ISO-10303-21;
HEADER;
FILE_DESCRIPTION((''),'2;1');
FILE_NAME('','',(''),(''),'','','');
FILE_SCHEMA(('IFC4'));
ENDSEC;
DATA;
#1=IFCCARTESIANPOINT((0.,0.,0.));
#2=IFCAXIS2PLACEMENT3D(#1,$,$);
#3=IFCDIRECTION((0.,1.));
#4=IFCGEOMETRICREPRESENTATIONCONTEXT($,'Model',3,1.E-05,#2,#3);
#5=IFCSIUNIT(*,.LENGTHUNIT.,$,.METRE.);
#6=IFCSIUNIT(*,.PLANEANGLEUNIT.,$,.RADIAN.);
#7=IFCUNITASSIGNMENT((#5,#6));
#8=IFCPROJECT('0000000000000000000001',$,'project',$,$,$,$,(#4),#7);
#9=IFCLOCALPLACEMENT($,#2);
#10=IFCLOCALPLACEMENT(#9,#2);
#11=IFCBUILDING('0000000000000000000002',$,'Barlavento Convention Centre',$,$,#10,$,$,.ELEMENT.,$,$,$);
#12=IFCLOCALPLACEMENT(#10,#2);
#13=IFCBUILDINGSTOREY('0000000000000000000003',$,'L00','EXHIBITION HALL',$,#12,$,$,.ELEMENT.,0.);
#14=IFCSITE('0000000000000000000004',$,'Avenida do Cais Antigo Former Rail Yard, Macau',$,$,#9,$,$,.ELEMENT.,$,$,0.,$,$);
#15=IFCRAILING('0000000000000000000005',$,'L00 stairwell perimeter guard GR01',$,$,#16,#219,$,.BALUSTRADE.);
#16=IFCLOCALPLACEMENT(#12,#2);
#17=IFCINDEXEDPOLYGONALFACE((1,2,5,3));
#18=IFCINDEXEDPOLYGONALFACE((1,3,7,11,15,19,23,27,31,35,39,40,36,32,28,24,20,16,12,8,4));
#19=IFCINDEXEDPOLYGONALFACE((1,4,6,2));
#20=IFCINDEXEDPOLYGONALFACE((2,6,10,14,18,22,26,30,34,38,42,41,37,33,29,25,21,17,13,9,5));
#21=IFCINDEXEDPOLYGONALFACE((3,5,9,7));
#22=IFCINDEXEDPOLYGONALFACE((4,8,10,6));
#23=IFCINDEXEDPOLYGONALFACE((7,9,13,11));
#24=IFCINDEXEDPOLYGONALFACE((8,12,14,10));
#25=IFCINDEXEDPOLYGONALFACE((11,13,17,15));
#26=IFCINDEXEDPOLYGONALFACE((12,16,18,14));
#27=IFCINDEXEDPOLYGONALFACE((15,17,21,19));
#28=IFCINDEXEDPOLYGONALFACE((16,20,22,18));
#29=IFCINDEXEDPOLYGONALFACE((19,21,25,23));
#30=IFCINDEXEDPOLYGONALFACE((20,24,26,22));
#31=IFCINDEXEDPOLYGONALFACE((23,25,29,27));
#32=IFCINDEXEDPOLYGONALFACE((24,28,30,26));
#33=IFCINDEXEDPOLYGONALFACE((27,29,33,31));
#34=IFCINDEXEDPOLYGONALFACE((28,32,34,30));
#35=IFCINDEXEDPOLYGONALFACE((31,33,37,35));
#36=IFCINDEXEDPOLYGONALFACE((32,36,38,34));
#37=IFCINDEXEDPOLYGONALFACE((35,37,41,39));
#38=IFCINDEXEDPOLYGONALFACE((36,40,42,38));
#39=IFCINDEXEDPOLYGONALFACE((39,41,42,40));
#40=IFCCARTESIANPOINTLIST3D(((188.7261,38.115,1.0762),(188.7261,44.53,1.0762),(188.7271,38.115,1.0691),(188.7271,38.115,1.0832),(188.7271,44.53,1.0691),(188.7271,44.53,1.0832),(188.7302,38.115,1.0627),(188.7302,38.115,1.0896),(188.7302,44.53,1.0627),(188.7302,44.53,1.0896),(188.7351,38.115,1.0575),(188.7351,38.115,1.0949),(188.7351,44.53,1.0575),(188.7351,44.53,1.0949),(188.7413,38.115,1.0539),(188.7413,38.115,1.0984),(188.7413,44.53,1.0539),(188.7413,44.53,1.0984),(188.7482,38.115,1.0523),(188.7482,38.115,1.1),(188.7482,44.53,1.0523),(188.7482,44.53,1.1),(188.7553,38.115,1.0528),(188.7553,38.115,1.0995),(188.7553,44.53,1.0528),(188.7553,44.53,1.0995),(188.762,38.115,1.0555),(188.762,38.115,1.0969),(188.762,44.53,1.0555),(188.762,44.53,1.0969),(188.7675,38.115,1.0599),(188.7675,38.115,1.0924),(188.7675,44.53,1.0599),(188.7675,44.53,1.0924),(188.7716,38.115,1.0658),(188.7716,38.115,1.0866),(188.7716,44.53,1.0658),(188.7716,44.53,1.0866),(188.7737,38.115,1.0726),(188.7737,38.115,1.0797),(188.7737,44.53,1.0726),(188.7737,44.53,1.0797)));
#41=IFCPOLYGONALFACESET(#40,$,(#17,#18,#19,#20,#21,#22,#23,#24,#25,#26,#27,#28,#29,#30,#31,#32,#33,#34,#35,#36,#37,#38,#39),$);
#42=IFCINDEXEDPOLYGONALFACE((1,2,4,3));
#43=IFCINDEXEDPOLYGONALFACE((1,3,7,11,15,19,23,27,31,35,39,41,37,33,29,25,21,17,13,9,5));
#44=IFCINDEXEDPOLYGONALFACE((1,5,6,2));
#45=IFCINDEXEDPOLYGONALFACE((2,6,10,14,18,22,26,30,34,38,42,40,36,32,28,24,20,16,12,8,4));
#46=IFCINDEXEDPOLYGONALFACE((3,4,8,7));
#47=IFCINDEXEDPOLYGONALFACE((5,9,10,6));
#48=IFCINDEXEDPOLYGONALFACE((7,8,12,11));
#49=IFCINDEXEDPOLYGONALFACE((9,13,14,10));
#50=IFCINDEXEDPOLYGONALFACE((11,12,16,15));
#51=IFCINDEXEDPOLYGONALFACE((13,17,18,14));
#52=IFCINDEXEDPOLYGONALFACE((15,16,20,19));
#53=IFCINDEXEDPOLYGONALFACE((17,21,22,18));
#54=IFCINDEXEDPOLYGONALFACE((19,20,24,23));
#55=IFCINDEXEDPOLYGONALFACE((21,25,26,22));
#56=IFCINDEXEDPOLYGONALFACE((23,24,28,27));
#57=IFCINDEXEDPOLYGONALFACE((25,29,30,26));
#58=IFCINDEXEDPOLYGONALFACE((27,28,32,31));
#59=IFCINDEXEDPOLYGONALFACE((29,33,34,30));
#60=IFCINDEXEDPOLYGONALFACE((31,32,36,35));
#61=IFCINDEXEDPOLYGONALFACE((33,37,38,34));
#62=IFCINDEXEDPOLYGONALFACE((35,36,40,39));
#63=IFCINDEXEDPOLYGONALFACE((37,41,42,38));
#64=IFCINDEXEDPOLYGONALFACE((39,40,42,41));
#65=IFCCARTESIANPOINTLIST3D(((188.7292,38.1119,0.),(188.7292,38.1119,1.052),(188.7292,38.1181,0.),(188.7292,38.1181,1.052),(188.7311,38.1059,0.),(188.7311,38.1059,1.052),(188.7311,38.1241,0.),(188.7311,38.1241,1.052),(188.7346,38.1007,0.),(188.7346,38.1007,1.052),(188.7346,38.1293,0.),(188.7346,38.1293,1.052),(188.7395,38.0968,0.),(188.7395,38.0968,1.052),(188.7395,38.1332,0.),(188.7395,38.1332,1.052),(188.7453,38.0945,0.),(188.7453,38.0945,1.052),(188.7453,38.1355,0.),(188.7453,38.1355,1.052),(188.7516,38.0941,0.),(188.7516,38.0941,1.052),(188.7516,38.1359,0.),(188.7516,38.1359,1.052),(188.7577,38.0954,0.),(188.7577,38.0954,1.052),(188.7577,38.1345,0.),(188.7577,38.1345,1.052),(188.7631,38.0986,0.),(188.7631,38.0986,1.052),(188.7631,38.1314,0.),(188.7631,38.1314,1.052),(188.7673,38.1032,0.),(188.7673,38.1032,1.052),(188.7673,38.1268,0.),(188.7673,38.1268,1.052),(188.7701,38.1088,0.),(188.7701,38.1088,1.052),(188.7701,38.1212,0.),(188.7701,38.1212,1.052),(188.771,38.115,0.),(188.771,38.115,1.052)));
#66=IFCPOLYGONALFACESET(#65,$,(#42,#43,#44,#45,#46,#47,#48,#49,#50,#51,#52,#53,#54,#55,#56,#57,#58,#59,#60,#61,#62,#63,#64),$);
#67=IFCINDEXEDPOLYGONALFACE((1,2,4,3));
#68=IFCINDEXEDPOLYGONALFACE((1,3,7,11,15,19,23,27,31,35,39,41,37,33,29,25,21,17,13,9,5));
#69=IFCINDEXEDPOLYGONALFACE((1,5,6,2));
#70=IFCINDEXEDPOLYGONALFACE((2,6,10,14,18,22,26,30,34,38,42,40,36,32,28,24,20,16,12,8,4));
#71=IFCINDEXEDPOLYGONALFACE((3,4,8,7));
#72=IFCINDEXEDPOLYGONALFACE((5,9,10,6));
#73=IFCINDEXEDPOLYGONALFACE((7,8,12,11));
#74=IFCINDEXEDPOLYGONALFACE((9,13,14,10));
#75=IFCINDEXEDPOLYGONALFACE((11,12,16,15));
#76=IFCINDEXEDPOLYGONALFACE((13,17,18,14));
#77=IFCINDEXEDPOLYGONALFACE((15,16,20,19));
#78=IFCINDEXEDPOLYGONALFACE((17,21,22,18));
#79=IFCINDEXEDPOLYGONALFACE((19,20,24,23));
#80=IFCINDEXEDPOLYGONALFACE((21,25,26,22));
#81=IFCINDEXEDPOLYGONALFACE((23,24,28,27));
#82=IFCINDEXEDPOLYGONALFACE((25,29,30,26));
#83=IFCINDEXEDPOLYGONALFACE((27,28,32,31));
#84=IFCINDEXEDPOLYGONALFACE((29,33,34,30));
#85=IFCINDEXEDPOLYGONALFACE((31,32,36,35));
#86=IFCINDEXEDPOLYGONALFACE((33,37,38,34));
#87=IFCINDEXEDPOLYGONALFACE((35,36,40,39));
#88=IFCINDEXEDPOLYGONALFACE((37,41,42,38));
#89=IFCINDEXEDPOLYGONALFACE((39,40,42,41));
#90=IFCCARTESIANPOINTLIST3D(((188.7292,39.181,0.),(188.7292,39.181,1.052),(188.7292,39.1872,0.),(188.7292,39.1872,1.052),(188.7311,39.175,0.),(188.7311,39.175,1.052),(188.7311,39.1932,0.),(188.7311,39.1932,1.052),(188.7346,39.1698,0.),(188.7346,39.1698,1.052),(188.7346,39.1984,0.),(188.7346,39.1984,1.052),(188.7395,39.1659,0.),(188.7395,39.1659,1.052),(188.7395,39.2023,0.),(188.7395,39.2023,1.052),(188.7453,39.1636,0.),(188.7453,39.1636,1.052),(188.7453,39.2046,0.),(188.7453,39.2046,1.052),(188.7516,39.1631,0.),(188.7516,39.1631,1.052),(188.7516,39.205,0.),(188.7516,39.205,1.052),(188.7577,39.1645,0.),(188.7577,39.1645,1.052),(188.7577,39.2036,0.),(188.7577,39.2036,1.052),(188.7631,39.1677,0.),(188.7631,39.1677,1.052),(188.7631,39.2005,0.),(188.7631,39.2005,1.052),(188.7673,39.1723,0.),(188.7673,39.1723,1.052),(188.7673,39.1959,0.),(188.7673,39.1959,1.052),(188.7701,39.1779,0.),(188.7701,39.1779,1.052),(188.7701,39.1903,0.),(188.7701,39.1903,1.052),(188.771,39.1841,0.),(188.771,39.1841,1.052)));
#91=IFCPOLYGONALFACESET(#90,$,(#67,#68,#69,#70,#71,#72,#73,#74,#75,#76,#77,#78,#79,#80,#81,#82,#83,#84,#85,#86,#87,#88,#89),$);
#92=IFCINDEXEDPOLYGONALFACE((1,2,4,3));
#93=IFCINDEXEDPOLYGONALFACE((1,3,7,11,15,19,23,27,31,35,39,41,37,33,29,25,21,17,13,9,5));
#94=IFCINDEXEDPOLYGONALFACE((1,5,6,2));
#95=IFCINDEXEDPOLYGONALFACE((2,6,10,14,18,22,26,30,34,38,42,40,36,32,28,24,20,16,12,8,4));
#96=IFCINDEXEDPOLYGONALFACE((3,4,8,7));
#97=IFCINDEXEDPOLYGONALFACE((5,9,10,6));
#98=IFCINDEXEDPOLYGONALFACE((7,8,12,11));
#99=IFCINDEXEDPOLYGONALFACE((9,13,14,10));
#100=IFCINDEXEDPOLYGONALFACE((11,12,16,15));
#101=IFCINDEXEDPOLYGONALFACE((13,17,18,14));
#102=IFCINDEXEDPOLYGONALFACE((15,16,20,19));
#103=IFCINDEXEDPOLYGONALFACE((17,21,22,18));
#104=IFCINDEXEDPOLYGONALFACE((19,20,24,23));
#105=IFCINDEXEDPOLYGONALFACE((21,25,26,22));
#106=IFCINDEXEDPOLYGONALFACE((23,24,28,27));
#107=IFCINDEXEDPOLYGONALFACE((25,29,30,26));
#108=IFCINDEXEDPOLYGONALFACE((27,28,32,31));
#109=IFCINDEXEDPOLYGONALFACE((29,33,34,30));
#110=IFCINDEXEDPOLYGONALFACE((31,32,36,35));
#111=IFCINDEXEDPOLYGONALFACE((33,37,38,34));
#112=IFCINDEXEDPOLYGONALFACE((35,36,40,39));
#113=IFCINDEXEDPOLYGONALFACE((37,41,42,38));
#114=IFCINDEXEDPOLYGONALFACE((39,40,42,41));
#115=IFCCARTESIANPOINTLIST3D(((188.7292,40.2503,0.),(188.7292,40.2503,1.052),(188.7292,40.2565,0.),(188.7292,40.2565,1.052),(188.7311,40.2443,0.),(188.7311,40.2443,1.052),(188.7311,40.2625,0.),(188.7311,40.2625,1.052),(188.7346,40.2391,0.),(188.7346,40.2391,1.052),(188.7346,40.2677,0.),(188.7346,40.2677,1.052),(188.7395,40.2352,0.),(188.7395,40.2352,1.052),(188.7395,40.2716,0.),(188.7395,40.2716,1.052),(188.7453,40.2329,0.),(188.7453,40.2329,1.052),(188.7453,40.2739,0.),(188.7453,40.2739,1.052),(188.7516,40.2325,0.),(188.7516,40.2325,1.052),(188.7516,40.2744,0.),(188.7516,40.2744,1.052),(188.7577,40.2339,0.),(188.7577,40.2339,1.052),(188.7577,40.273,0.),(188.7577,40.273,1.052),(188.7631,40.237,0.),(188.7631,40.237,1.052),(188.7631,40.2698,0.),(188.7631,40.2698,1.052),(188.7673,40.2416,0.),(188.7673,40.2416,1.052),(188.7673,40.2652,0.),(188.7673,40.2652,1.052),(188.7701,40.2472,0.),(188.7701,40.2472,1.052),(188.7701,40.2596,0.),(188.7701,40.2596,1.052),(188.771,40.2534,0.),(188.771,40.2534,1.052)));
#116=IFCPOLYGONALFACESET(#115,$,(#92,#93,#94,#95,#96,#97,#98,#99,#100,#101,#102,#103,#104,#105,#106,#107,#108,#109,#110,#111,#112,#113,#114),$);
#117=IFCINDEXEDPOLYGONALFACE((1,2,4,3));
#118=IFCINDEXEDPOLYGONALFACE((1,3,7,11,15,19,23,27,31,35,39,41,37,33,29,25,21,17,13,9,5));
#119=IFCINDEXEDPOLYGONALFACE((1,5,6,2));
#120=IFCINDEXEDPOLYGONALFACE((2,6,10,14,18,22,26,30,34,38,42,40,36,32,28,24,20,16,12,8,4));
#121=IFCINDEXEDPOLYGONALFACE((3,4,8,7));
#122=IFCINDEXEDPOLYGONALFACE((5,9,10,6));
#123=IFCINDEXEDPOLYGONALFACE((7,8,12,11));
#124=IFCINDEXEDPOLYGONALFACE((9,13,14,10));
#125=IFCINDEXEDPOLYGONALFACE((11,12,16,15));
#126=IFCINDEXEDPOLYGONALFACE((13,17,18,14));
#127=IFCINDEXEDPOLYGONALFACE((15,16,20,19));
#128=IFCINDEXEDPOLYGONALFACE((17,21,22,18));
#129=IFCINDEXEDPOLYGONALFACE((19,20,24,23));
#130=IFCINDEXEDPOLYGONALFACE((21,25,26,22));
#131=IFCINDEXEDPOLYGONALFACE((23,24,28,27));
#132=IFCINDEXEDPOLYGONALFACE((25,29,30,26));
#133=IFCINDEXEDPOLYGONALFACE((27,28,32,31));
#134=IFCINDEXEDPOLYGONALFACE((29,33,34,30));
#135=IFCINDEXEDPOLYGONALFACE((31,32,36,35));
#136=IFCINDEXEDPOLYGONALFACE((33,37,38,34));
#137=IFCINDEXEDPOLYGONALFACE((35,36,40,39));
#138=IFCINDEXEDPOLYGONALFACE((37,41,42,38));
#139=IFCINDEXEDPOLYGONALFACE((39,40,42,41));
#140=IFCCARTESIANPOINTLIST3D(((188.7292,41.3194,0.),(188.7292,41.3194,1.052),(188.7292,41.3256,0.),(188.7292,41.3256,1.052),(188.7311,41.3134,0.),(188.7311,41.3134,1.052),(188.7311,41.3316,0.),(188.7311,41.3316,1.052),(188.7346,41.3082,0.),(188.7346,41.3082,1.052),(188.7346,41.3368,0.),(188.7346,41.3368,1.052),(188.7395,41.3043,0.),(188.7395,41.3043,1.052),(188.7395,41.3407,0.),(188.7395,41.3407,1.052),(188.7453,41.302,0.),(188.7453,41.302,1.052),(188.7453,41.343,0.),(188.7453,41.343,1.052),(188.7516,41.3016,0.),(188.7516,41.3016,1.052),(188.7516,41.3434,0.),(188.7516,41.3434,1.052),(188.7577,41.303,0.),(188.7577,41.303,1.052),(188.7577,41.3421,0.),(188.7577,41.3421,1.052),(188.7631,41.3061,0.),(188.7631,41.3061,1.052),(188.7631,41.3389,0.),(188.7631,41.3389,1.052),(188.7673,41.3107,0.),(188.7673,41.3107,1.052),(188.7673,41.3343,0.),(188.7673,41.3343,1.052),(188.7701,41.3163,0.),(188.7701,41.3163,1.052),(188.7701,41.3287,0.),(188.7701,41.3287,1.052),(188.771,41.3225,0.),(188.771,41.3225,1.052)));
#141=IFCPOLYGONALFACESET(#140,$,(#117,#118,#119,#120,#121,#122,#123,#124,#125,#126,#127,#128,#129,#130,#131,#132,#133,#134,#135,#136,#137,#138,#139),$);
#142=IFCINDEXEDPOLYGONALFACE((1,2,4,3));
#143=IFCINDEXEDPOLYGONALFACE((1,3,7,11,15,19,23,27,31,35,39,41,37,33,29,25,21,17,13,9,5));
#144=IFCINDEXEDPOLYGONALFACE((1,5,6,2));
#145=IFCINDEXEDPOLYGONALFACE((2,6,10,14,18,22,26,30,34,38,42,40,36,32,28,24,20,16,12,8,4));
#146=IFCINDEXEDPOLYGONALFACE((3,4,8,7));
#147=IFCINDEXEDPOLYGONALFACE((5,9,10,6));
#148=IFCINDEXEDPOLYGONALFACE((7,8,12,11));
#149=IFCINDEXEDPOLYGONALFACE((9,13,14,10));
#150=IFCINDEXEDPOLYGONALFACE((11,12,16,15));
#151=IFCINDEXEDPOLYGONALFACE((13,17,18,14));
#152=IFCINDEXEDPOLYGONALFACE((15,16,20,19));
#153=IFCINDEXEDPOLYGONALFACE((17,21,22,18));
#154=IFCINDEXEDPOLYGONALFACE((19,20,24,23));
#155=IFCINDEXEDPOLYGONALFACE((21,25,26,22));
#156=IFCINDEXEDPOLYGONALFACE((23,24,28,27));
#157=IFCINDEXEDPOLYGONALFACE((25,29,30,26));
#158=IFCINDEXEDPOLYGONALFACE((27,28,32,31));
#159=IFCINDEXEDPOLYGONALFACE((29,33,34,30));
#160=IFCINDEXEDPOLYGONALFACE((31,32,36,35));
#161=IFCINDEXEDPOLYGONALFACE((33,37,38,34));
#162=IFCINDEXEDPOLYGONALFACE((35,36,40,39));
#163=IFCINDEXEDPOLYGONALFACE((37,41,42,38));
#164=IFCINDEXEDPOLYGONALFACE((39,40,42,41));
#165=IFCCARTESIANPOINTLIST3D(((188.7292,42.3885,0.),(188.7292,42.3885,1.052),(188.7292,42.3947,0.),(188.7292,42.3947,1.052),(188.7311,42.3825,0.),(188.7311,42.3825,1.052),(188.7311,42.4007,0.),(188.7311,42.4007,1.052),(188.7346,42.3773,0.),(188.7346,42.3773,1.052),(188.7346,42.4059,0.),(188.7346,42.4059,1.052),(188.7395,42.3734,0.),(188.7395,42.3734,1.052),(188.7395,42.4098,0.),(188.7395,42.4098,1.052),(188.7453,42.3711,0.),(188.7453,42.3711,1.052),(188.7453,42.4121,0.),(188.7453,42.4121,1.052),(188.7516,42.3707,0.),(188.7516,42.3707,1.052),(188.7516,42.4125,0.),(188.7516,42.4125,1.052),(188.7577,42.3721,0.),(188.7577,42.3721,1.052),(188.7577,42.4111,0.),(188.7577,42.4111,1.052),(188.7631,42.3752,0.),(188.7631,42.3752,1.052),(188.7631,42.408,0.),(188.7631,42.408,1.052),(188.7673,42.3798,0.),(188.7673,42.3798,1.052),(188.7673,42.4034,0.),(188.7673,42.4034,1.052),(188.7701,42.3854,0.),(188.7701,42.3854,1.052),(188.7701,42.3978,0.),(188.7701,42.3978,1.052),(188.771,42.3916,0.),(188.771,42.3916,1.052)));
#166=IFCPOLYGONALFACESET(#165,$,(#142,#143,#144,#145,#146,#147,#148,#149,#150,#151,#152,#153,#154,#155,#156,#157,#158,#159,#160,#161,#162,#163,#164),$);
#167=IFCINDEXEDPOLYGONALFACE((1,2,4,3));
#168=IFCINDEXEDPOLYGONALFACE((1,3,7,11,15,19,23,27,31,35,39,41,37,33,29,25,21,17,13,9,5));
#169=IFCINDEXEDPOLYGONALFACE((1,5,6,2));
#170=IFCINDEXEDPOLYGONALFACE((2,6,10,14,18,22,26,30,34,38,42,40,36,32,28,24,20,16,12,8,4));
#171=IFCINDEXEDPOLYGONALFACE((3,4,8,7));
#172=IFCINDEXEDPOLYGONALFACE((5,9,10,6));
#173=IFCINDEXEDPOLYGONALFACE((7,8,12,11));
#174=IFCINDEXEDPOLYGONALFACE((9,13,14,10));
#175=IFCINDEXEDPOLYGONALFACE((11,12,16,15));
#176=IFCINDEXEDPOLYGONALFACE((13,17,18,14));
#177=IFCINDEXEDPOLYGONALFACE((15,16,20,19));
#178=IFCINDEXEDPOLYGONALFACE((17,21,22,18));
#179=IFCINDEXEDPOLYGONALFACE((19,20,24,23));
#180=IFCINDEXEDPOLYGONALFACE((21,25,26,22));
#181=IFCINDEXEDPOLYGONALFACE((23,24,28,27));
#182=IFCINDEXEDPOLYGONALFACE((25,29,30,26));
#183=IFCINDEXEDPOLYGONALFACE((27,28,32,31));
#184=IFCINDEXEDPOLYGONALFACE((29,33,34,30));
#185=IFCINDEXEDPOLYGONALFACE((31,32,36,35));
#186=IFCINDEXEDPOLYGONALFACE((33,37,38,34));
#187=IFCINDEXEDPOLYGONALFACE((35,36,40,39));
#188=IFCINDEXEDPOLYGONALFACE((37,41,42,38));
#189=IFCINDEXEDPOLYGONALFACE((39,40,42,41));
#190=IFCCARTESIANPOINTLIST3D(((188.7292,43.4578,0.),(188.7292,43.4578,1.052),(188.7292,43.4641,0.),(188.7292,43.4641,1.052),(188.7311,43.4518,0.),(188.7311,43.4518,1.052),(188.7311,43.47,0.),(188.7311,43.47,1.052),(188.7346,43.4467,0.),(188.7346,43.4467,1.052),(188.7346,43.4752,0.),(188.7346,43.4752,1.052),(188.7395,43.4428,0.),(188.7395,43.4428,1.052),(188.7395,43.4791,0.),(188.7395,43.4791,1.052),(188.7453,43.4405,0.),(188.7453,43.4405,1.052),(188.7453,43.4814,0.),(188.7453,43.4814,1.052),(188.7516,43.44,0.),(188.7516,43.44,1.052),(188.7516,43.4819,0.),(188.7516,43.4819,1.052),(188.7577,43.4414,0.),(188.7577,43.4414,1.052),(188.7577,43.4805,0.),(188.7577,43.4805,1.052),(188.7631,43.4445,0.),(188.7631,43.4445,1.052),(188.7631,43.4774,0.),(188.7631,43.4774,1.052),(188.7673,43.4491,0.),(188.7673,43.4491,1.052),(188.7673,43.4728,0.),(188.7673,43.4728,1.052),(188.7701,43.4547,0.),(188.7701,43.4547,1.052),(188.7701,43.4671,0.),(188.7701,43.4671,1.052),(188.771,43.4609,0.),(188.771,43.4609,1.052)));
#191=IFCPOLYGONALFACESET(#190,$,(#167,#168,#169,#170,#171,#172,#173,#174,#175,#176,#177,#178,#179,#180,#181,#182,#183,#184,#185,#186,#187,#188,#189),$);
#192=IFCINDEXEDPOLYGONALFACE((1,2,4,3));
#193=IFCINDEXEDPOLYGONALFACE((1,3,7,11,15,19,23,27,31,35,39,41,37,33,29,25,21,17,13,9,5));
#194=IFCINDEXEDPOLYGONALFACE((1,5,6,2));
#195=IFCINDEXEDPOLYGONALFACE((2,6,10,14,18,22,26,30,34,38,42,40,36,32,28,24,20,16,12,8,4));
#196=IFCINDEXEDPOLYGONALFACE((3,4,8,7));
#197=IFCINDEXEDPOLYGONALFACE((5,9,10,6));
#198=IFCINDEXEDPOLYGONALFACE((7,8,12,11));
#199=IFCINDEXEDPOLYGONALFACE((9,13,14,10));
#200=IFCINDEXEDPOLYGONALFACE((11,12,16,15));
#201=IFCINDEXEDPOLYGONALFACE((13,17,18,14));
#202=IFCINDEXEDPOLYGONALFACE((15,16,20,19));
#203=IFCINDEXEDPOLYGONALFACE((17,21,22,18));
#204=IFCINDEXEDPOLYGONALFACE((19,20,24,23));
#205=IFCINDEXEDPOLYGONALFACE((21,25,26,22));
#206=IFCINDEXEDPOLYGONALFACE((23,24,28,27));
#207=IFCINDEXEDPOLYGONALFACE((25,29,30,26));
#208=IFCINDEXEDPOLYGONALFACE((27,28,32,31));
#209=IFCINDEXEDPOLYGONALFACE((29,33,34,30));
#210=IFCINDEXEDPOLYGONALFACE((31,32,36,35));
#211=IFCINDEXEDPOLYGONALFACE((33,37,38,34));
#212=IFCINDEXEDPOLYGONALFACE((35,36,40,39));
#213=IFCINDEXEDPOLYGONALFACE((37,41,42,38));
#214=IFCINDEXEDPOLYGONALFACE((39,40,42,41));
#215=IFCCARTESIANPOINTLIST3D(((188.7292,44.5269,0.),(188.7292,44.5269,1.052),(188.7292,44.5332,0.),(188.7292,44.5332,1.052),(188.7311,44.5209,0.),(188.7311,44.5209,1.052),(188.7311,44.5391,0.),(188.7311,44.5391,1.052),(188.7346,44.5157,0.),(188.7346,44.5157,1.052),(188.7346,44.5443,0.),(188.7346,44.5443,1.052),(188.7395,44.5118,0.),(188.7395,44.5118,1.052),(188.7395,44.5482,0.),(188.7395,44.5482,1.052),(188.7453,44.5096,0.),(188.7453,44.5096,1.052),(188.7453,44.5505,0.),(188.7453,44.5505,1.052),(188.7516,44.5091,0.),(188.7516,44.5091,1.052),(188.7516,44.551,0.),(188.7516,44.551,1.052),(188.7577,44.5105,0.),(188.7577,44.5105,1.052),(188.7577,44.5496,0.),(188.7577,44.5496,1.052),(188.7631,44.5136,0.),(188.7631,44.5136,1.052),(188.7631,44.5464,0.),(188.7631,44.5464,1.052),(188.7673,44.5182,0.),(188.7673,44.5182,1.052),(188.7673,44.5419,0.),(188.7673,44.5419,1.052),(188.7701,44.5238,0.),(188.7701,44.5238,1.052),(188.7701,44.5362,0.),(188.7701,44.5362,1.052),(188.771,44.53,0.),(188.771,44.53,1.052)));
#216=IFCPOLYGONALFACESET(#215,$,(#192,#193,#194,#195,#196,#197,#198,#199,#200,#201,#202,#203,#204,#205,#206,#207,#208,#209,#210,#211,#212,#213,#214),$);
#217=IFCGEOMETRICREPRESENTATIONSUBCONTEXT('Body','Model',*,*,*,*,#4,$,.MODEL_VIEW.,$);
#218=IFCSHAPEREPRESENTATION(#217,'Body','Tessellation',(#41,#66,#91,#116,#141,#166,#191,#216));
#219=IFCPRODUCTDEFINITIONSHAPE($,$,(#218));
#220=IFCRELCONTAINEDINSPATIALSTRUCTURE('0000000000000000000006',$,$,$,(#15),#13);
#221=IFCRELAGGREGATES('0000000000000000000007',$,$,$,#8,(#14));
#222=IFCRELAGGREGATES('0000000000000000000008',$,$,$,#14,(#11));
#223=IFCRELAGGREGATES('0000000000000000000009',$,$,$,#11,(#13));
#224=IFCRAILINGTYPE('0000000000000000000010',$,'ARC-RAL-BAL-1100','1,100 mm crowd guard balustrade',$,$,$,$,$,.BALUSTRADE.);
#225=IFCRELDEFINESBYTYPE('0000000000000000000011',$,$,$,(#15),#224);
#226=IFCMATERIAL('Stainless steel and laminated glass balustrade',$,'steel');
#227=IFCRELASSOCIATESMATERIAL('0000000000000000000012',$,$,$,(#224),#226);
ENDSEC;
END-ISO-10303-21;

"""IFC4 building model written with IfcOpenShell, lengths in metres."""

from ifc_helpers import new_model, si_unit, direction, frame, origin, origin_2d, place, context, subcontext, project, spatial, circle, extrude, material, type_object, element, save


model = new_model("IFC4")

# Units and contexts
model_context = context("Model", 3, precision=1e-05, world=origin(), true_north=direction((0.0, 1.0)))
body_context = subcontext(model_context, "Body", "Model", "MODEL_VIEW")
ifc_project = project(units=[si_unit("LENGTHUNIT", "METRE"), si_unit("PLANEANGLEUNIT", "RADIAN")], contexts=[model_context])

# Site, building, storey
site_placement = place(None, origin())
site = spatial("IfcSite", under=ifc_project, at=site_placement, Name="Avenida do Cais Antigo Former Rail Yard, Macau", CompositionType="ELEMENT", RefElevation=0.0)
building_placement = place(site_placement, origin())
building = spatial("IfcBuilding", under=site, at=building_placement, Name="Barlavento Convention Centre", CompositionType="ELEMENT")
storey_placement = place(building_placement, origin())
storey = spatial("IfcBuildingStorey", under=building, at=storey_placement, Name="L00", Description="EXHIBITION HALL", CompositionType="ELEMENT", Elevation=0.0)

# Railing
ifc_material_1 = material(Name="Stainless steel and laminated glass balustrade", Category="steel")
railing_type_1 = type_object("IfcRailingType", Name="ARC-RAL-BAL-1100", Description="1,100 mm crowd guard balustrade", PredefinedType="BALUSTRADE", material=ifc_material_1)
railing_1_placement = place(storey_placement, frame((188.75, 38.115, 0.0)))
element("IfcRailing", 1, at=railing_1_placement, inside=storey, type_object=railing_type_1, Name="L00 stairwell perimeter guard GR01", PredefinedType="BALUSTRADE", context=body_context, shape_type="SweptSolid", body=[
    extrude(circle(Radius=0.0239, at=origin_2d()), frame((0.0, 0.0, 1.0762), z_axis=(0.0, 1.0, 0.0), x_axis=(-1.0, 0.0, 0.0)), (0.0, 0.0, 1.0), 6.415),
    extrude(circle(Radius=0.021, at=origin_2d()), origin(), (0.0, 0.0, 1.0), 1.052),
    extrude(circle(Radius=0.021, at=origin_2d()), frame((0.0, 1.0691, 0.0)), (0.0, 0.0, 1.0), 1.052),
    extrude(circle(Radius=0.021, at=origin_2d()), frame((0.0, 2.1384, 0.0)), (0.0, 0.0, 1.0), 1.052),
    extrude(circle(Radius=0.021, at=origin_2d()), frame((0.0, 3.2075, 0.0)), (0.0, 0.0, 1.0), 1.052),
    extrude(circle(Radius=0.021, at=origin_2d()), frame((0.0, 4.2766, 0.0)), (0.0, 0.0, 1.0), 1.052),
    extrude(circle(Radius=0.021, at=origin_2d()), frame((0.0, 5.3459, 0.0)), (0.0, 0.0, 1.0), 1.052),
    extrude(circle(Radius=0.021, at=origin_2d()), frame((0.0, 6.415, 0.0)), (0.0, 0.0, 1.0), 1.052),
])

save(model, "model.ifc")
